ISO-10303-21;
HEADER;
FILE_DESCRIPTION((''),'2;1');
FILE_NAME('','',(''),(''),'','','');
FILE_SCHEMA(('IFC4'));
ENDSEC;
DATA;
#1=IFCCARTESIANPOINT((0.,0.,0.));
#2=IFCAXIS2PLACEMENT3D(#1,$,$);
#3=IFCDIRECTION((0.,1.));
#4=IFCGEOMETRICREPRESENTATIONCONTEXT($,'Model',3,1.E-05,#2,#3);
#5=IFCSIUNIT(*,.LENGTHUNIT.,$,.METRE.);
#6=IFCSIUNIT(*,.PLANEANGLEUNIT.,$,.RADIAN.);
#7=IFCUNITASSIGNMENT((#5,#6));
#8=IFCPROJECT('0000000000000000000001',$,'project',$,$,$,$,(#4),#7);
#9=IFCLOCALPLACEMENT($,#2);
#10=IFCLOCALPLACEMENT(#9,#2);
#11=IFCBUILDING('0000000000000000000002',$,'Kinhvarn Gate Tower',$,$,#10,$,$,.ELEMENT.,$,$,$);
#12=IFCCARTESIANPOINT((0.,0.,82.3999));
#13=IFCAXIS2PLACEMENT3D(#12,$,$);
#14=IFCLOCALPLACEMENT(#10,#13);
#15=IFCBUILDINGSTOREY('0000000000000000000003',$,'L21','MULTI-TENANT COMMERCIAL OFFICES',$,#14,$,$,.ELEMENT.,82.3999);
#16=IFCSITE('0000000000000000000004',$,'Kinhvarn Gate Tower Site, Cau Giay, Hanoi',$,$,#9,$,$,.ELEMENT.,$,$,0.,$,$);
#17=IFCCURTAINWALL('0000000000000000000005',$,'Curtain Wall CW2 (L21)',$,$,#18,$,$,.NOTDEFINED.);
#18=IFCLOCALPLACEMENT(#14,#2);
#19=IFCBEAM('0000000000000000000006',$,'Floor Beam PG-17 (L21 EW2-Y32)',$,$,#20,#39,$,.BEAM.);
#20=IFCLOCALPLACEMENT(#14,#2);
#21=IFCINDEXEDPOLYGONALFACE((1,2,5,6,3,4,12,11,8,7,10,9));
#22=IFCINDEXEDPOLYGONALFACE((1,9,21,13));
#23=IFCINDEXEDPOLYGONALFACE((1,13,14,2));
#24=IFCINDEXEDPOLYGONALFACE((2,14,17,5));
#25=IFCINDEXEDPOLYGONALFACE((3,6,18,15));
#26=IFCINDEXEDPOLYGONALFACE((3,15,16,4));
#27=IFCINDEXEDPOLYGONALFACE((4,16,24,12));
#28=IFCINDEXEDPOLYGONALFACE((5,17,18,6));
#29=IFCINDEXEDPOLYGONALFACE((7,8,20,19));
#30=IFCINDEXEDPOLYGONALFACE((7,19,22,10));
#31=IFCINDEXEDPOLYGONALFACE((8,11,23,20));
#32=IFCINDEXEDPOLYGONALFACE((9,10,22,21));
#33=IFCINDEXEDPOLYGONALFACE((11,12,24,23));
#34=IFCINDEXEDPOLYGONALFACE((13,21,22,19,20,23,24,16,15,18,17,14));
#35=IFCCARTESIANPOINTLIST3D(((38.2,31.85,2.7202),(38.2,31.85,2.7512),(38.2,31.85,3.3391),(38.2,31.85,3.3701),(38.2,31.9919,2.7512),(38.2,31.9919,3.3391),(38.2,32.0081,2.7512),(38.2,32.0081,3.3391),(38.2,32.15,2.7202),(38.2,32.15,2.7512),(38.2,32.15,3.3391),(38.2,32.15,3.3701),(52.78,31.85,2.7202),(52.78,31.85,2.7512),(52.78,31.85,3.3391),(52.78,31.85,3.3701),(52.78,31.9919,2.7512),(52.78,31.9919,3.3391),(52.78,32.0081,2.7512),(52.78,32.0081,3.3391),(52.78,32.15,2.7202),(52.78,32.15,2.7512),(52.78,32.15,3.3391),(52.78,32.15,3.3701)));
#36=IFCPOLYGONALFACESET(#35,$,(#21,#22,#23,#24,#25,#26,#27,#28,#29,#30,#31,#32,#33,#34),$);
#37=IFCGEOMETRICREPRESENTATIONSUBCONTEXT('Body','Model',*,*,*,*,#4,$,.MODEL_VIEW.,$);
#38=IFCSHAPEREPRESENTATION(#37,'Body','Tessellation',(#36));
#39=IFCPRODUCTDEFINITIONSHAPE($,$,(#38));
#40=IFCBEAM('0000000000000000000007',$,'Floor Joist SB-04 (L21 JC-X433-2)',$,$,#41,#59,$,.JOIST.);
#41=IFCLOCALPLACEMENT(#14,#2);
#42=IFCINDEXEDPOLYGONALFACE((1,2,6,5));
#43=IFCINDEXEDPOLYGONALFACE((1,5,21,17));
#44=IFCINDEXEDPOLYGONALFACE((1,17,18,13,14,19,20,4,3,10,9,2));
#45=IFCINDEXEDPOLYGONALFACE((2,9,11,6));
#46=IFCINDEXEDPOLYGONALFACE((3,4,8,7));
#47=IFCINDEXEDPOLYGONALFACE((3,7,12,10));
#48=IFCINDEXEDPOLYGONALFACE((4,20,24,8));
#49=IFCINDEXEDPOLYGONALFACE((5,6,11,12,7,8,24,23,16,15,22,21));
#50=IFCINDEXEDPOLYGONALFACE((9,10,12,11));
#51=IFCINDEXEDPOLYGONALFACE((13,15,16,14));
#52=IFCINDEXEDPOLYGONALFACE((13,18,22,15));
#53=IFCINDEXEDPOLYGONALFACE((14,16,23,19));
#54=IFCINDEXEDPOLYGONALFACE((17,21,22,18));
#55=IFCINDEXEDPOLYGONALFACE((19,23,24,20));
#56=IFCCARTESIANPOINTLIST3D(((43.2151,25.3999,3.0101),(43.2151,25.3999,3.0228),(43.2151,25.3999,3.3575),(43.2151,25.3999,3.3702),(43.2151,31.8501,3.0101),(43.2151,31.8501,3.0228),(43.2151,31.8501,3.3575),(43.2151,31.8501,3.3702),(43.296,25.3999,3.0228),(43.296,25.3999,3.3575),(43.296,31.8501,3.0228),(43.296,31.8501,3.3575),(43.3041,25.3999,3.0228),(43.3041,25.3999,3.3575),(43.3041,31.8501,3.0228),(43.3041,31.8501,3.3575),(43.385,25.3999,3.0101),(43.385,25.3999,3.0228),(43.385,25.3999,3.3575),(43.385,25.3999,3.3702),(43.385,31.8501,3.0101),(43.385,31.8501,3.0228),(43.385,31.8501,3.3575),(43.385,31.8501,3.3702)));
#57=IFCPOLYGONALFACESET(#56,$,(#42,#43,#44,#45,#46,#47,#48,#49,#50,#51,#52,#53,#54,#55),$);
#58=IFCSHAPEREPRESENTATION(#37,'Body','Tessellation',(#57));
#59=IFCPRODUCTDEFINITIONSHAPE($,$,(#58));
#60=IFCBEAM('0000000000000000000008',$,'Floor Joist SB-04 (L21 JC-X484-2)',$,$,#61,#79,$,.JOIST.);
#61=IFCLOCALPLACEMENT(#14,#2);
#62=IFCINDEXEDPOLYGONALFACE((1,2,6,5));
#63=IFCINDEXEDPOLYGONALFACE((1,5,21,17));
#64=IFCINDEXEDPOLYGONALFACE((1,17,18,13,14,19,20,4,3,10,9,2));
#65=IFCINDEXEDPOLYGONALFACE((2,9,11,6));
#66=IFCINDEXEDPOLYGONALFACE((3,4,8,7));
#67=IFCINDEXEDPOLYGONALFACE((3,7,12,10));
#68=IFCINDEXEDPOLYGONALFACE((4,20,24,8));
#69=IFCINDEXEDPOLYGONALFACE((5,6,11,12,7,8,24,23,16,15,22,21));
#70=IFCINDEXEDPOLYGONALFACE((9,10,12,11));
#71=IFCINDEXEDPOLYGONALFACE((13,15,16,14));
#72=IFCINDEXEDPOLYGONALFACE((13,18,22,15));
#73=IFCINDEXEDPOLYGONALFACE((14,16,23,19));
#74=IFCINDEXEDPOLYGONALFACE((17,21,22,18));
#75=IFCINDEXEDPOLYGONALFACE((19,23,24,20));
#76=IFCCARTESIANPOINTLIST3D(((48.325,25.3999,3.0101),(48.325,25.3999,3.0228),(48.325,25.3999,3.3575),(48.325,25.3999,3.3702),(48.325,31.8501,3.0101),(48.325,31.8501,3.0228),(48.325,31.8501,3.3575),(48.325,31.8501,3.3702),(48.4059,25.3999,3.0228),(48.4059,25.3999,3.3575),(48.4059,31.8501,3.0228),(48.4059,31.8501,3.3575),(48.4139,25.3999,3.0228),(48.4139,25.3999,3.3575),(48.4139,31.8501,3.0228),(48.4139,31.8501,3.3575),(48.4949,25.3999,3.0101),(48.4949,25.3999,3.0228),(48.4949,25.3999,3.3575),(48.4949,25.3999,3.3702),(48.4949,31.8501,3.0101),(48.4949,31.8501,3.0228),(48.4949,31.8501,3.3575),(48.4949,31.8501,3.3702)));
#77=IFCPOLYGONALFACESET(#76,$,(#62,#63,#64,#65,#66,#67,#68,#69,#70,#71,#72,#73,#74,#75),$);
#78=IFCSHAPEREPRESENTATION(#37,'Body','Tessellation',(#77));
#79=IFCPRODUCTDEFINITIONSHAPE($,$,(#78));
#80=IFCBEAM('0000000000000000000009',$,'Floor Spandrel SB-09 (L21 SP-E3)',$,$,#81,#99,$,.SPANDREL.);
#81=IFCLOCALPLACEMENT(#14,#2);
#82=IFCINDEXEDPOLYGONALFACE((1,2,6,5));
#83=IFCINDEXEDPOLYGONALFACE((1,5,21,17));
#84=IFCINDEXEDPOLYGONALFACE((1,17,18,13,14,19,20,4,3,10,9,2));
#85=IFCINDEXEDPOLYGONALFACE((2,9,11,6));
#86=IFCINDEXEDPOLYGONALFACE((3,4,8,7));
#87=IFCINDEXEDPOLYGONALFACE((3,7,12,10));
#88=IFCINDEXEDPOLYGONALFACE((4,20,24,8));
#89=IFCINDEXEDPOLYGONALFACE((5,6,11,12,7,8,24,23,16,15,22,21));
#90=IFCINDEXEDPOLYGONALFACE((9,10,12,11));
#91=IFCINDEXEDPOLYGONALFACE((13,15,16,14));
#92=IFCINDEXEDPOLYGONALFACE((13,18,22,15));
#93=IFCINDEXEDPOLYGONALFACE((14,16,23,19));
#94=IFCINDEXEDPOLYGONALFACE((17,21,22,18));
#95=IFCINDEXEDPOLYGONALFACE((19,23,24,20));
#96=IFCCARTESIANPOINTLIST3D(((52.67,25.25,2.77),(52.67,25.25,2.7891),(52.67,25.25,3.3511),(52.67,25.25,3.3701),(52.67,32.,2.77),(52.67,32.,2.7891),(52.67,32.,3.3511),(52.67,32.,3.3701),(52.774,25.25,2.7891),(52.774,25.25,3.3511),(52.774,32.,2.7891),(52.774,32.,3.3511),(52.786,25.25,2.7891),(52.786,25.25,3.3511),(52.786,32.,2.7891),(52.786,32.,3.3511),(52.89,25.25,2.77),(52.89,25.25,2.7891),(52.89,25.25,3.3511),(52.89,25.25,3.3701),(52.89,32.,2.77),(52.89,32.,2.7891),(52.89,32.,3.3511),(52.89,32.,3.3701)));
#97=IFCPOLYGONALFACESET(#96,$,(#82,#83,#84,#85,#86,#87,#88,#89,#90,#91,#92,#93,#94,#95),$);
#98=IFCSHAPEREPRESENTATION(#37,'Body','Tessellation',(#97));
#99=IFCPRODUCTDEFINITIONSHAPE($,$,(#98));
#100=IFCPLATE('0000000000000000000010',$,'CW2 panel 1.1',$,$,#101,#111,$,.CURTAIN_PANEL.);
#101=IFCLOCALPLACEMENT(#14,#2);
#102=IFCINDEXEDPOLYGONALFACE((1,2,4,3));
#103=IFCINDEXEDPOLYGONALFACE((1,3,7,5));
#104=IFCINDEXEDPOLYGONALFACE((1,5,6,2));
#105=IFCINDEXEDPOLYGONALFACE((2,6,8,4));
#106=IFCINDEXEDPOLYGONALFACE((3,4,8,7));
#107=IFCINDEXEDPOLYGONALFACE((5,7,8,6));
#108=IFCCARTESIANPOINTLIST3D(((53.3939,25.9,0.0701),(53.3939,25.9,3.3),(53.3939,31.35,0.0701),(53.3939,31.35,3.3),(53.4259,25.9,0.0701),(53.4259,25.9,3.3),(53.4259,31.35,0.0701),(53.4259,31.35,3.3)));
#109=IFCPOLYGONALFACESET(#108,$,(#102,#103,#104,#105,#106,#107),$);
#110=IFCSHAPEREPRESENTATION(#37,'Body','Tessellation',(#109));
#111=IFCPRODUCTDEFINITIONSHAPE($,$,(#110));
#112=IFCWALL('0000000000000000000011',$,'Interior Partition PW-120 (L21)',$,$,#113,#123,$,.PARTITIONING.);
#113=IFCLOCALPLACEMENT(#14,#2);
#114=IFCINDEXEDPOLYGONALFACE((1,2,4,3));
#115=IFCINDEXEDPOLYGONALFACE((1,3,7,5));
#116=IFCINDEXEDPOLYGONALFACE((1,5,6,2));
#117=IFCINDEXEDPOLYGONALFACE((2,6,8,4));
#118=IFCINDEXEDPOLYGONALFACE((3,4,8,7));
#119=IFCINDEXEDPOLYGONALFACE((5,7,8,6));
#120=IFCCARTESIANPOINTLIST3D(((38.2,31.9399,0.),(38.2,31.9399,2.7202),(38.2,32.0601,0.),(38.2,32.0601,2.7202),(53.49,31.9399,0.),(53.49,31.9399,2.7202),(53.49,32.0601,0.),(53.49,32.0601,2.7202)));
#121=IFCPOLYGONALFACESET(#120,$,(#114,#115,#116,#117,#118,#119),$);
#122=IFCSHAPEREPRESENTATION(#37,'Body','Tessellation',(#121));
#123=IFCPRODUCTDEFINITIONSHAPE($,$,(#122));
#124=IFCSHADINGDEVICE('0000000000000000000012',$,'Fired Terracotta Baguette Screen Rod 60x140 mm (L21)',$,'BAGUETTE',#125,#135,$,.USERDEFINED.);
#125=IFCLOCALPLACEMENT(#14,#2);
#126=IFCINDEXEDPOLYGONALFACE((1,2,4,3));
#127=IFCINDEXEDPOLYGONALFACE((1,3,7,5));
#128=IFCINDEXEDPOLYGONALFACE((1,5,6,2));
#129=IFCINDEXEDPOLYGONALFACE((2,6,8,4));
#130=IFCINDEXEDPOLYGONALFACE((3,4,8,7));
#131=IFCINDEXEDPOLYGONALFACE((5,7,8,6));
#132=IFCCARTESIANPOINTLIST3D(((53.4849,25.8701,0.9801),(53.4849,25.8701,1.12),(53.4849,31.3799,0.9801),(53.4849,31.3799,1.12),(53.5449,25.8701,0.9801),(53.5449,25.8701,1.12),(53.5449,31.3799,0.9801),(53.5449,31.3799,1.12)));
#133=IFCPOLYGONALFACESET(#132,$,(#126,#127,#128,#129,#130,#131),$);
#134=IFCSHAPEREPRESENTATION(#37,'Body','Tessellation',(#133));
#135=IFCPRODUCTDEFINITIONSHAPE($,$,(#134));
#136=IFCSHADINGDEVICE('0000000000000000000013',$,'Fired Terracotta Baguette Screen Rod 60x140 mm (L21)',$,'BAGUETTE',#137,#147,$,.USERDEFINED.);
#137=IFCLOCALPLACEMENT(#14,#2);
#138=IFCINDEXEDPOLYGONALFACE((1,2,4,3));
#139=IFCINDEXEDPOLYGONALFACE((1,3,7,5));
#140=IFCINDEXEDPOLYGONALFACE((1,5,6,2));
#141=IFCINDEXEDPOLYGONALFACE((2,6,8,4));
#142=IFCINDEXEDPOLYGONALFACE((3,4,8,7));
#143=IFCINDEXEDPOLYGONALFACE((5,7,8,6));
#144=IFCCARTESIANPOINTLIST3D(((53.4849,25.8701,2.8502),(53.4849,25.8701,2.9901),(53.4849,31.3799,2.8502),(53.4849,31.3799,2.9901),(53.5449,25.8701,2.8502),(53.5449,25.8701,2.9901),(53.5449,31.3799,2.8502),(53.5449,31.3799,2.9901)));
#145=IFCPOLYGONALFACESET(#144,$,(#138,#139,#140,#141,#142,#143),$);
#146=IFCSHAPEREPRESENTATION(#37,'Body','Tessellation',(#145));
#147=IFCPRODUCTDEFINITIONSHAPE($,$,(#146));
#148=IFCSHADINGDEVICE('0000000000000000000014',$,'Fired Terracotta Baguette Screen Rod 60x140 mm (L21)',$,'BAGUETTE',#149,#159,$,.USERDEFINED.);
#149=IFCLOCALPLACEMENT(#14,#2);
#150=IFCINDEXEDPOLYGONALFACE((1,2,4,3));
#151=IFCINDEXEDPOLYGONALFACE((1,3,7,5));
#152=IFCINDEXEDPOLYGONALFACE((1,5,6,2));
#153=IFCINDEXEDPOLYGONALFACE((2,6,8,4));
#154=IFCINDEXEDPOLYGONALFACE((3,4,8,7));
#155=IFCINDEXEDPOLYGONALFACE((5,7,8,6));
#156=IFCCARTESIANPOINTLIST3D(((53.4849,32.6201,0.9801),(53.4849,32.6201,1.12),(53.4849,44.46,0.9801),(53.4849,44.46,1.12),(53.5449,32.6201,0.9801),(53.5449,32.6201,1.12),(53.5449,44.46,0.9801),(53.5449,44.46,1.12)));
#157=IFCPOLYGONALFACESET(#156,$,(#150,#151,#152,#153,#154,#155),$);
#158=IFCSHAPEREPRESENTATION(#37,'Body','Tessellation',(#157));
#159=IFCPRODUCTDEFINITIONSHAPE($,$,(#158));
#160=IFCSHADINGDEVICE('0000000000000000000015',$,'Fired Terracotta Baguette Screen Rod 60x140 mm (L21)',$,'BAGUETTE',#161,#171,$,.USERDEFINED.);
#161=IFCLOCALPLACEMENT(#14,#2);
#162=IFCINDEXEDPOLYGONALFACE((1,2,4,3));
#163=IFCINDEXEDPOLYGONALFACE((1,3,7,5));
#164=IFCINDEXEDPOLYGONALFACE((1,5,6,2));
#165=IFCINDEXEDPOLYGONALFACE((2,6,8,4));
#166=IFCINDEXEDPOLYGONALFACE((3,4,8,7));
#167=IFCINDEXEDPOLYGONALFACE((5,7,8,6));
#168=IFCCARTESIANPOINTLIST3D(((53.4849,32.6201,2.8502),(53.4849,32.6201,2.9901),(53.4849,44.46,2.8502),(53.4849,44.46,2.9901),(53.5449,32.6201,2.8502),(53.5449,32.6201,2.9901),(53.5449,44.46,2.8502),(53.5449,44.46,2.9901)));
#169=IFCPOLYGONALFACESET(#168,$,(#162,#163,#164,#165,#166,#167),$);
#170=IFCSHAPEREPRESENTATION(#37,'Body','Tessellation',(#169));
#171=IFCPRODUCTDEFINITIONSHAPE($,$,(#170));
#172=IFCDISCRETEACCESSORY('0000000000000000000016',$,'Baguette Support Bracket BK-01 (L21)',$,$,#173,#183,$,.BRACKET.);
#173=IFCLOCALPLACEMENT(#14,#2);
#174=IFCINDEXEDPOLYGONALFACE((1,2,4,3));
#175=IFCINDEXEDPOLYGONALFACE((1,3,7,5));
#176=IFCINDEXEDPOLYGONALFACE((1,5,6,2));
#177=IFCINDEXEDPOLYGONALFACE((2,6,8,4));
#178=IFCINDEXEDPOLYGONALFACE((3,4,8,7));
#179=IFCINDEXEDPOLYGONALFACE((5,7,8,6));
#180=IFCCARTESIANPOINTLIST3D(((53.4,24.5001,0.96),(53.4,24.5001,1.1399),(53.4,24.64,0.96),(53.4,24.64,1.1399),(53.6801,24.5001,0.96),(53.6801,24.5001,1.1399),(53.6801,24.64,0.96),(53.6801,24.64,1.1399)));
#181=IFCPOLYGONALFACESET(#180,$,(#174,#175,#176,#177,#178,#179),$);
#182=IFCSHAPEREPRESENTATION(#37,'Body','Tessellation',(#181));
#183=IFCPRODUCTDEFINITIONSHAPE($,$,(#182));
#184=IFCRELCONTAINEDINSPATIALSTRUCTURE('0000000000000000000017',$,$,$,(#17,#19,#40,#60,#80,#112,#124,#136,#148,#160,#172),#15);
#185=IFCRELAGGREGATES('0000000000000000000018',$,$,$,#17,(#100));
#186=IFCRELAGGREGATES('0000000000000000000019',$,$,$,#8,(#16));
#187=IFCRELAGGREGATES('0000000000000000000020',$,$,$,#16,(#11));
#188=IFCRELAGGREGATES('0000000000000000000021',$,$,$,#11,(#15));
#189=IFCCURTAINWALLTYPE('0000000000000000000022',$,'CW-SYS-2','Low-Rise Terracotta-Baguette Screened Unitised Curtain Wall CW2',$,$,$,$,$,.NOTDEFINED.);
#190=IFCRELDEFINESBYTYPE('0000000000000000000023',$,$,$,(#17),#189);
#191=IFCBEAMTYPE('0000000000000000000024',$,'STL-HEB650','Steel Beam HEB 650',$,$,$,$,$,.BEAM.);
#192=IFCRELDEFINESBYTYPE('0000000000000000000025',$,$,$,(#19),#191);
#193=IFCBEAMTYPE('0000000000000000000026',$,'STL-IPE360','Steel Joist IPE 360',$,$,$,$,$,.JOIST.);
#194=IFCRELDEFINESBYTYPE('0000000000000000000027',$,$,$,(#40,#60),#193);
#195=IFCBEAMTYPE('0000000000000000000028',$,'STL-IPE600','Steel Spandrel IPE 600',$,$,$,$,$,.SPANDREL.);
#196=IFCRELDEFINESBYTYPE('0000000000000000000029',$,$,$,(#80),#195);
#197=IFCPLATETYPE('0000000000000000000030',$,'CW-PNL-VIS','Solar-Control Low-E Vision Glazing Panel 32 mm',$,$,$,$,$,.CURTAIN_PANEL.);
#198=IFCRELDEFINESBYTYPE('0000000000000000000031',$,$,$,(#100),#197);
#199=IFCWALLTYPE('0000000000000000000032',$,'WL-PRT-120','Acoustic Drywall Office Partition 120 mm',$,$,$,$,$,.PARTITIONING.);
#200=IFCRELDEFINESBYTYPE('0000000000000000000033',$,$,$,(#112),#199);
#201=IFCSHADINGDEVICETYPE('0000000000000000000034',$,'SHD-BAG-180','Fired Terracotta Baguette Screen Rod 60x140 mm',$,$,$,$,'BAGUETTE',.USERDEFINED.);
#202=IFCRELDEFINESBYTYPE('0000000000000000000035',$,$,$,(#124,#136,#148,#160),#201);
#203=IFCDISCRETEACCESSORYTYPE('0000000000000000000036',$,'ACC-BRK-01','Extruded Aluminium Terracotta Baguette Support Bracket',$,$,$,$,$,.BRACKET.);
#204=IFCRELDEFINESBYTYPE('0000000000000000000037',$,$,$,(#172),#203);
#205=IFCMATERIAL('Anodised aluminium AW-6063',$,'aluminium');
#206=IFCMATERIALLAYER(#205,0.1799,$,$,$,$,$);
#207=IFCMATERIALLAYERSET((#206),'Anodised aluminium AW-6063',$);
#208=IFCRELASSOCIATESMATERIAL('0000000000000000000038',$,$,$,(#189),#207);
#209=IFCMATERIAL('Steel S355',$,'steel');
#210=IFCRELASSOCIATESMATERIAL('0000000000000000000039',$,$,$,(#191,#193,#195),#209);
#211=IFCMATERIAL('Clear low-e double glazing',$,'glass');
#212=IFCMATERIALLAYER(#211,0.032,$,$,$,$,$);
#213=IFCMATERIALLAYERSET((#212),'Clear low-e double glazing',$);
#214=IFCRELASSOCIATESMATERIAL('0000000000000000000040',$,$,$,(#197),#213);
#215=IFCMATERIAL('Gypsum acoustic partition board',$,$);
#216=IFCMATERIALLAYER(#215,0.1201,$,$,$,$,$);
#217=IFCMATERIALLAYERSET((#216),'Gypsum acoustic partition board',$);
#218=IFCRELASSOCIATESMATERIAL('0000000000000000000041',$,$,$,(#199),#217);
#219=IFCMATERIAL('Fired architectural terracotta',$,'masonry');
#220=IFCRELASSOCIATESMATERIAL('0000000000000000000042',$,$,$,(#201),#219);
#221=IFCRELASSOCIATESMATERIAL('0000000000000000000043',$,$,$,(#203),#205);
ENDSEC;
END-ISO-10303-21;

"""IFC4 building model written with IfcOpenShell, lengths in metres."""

from ifc_helpers import new_model, si_unit, direction, frame, frame_2d, origin, origin_2d, place, context, subcontext, project, spatial, rectangle, i_section, extrude, material, layer, layer_set, material_profile, profile_set, type_object, element, aggregate, save


model = new_model("IFC4")

# Units and contexts
model_context = context("Model", 3, precision=1e-05, world=origin(), true_north=direction((0.0, 1.0)))
body_context = subcontext(model_context, "Body", "Model", "MODEL_VIEW")
ifc_project = project(units=[si_unit("LENGTHUNIT", "METRE"), si_unit("PLANEANGLEUNIT", "RADIAN")], contexts=[model_context])

# Site, building, storey
site_placement = place(None, origin())
site = spatial("IfcSite", under=ifc_project, at=site_placement, Name="Kinhvarn Gate Tower Site, Cau Giay, Hanoi", CompositionType="ELEMENT", RefElevation=0.0)
building_placement = place(site_placement, origin())
building = spatial("IfcBuilding", under=site, at=building_placement, Name="Kinhvarn Gate Tower", CompositionType="ELEMENT")
storey_placement = place(building_placement, frame((0.0, 0.0, 82.3999)))
storey = spatial("IfcBuildingStorey", under=building, at=storey_placement, Name="L21", Description="MULTI-TENANT COMMERCIAL OFFICES", CompositionType="ELEMENT", Elevation=82.3999)

# Shared definitions
ifc_material_1 = material(Name="Anodised aluminium AW-6063", Category="aluminium")
ifc_layer_1 = layer(ifc_material_1, 0.1799)
ifc_layer_set_1 = layer_set([ifc_layer_1], Name="Anodised aluminium AW-6063")
curtain_wall_type = type_object("IfcCurtainWallType", Name="CW-SYS-2", Description="Low-Rise Terracotta-Baguette Screened Unitised Curtain Wall CW2", PredefinedType="NOTDEFINED", material=ifc_layer_set_1)

# Curtain wall
curtain_wall_1_placement = place(storey_placement, origin())
curtain_wall_1 = element("IfcCurtainWall", 1, at=curtain_wall_1_placement, inside=storey, type_object=curtain_wall_type, Name="Curtain Wall CW2 (L21)", PredefinedType="NOTDEFINED")

# Beams
ifc_material_2 = material(Name="Steel S355", Category="steel")
ifc_material_profile_1 = material_profile(ifc_material_2, i_section(OverallWidth=0.3, OverallDepth=0.6499, WebThickness=0.0161, FlangeThickness=0.031, at=origin_2d()), Name="HEB 650")
ifc_profile_set_1 = profile_set([ifc_material_profile_1], Name="Steel S355")
beam_type_1 = type_object("IfcBeamType", Name="STL-HEB650", Description="Steel Beam HEB 650", PredefinedType="BEAM", material=ifc_profile_set_1)
beam_1_placement = place(storey_placement, frame((38.2, 32.0, 3.0452), z_axis=(1.0, 0.0, 0.0), x_axis=(0.0, 1.0, 0.0)))
element("IfcBeam", 2, at=beam_1_placement, inside=storey, type_object=beam_type_1, Name="Floor Beam PG-17 (L21 EW2-Y32)", PredefinedType="BEAM", context=body_context, shape_type="SweptSolid", body=[
    extrude(i_section(OverallWidth=0.3, OverallDepth=0.6499, WebThickness=0.0161, FlangeThickness=0.031, at=origin_2d()), origin(), (0.0, 0.0, 1.0), 14.5801),
])
ifc_material_profile_2 = material_profile(ifc_material_2, i_section(OverallWidth=0.1699, OverallDepth=0.3601, WebThickness=0.0081, FlangeThickness=0.0127, at=origin_2d()), Name="IPE 360")
ifc_profile_set_2 = profile_set([ifc_material_profile_2], Name="Steel S355")
beam_type_2 = type_object("IfcBeamType", Name="STL-IPE360", Description="Steel Joist IPE 360", PredefinedType="JOIST", material=ifc_profile_set_2)
for number, where, z_axis, x_axis, name in (
    (3, (43.3, 25.3999, 3.1902), (0.0, 1.0, 0.0), (-1.0, 0.0, 0.0), "Floor Joist SB-04 (L21 JC-X433-2)"),
    (4, (48.4099, 25.3999, 3.1902), (0.0, 1.0, 0.0), (-1.0, 0.0, 0.0), "Floor Joist SB-04 (L21 JC-X484-2)"),
):
    element("IfcBeam", number, at=place(storey_placement, frame(where, z_axis=z_axis, x_axis=x_axis)), inside=storey, type_object=beam_type_2, Name=name, PredefinedType="JOIST", context=body_context, shape_type="SweptSolid", body=[
        extrude(i_section(OverallWidth=0.1699, OverallDepth=0.3601, WebThickness=0.0081, FlangeThickness=0.0127, at=origin_2d()), origin(), (0.0, 0.0, 1.0), 6.4502),
    ])
ifc_material_profile_3 = material_profile(ifc_material_2, i_section(OverallWidth=0.22, OverallDepth=0.6001, WebThickness=0.012, FlangeThickness=0.019, at=origin_2d()), Name="IPE 600")
ifc_profile_set_3 = profile_set([ifc_material_profile_3], Name="Steel S355")
beam_type_3 = type_object("IfcBeamType", Name="STL-IPE600", Description="Steel Spandrel IPE 600", PredefinedType="SPANDREL", material=ifc_profile_set_3)
beam_2_placement = place(storey_placement, frame((52.78, 25.25, 3.0701), z_axis=(0.0, 1.0, 0.0), x_axis=(-1.0, 0.0, 0.0)))
element("IfcBeam", 5, at=beam_2_placement, inside=storey, type_object=beam_type_3, Name="Floor Spandrel SB-09 (L21 SP-E3)", PredefinedType="SPANDREL", context=body_context, shape_type="SweptSolid", body=[
    extrude(i_section(OverallWidth=0.22, OverallDepth=0.6001, WebThickness=0.012, FlangeThickness=0.019, at=origin_2d()), origin(), (0.0, 0.0, 1.0), 6.75),
])

# Plate
ifc_material_3 = material(Name="Clear low-e double glazing", Category="glass")
ifc_layer_2 = layer(ifc_material_3, 0.032)
ifc_layer_set_2 = layer_set([ifc_layer_2], Name="Clear low-e double glazing")
plate_type = type_object("IfcPlateType", Name="CW-PNL-VIS", Description="Solar-Control Low-E Vision Glazing Panel 32 mm", PredefinedType="CURTAIN_PANEL", material=ifc_layer_set_2)
plate_placement = place(storey_placement, frame((53.4099, 28.625, 0.0701), z_axis=(0.0, 0.0, 1.0), x_axis=(0.0, 1.0, 0.0)))
plate = element("IfcPlate", 6, at=plate_placement, type_object=plate_type, Name="CW2 panel 1.1", PredefinedType="CURTAIN_PANEL", context=body_context, shape_type="SweptSolid", body=[
    extrude(rectangle(XDim=5.45, YDim=0.032, at=origin_2d()), origin(), (0.0, 0.0, 1.0), 3.23),
])
aggregate(curtain_wall_1, [plate])

# Wall
ifc_material_4 = material(Name="Gypsum acoustic partition board")
ifc_layer_3 = layer(ifc_material_4, 0.1201)
ifc_layer_set_3 = layer_set([ifc_layer_3], Name="Gypsum acoustic partition board")
wall_type_1 = type_object("IfcWallType", Name="WL-PRT-120", Description="Acoustic Drywall Office Partition 120 mm", PredefinedType="PARTITIONING", material=ifc_layer_set_3)
wall_1_placement = place(storey_placement, frame((38.2, 32.0, 0.0), z_axis=(0.0, 0.0, 1.0), x_axis=(1.0, 0.0, 0.0)))
element("IfcWall", 7, at=wall_1_placement, inside=storey, type_object=wall_type_1, Name="Interior Partition PW-120 (L21)", PredefinedType="PARTITIONING", context=body_context, shape_type="SweptSolid", body=[
    extrude(rectangle(XDim=15.29, YDim=0.1201, at=frame_2d((7.645, 0.0))), origin(), (0.0, 0.0, 1.0), 2.7202),
])

# Shading devices
ifc_material_5 = material(Name="Fired architectural terracotta", Category="masonry")
ifc_material_profile_4 = material_profile(ifc_material_5, rectangle(XDim=0.0601, YDim=0.1399, at=origin_2d()), Name="TC 60x140")
ifc_profile_set_4 = profile_set([ifc_material_profile_4], Name="Fired architectural terracotta")
shading_device_type = type_object("IfcShadingDeviceType", Name="SHD-BAG-180", Description="Fired Terracotta Baguette Screen Rod 60x140 mm", ElementType="BAGUETTE", PredefinedType="USERDEFINED", material=ifc_profile_set_4)
for number, where, z_axis, x_axis, name in (
    (8, (53.5149, 25.8701, 1.05), (0.0, 1.0, 0.0), (-1.0, 0.0, 0.0), "Fired Terracotta Baguette Screen Rod 60x140 mm (L21)"),
    (9, (53.5149, 25.8701, 2.9202), (0.0, 1.0, 0.0), (-1.0, 0.0, 0.0), "Fired Terracotta Baguette Screen Rod 60x140 mm (L21)"),
):
    element("IfcShadingDevice", number, at=place(storey_placement, frame(where, z_axis=z_axis, x_axis=x_axis)), inside=storey, type_object=shading_device_type, Name=name, ObjectType="BAGUETTE", PredefinedType="USERDEFINED", context=body_context, shape_type="SweptSolid", body=[
        extrude(rectangle(XDim=0.0601, YDim=0.1399, at=origin_2d()), origin(), (0.0, 0.0, 1.0), 5.5098),
    ])
for number, where, z_axis, x_axis, name in (
    (10, (53.5149, 32.6201, 1.05), (0.0, 1.0, 0.0), (-1.0, 0.0, 0.0), "Fired Terracotta Baguette Screen Rod 60x140 mm (L21)"),
    (11, (53.5149, 32.6201, 2.9202), (0.0, 1.0, 0.0), (-1.0, 0.0, 0.0), "Fired Terracotta Baguette Screen Rod 60x140 mm (L21)"),
):
    element("IfcShadingDevice", number, at=place(storey_placement, frame(where, z_axis=z_axis, x_axis=x_axis)), inside=storey, type_object=shading_device_type, Name=name, ObjectType="BAGUETTE", PredefinedType="USERDEFINED", context=body_context, shape_type="SweptSolid", body=[
        extrude(rectangle(XDim=0.0601, YDim=0.1399, at=origin_2d()), origin(), (0.0, 0.0, 1.0), 11.8398),
    ])

# Discrete accessory
discrete_accessory_type = type_object("IfcDiscreteAccessoryType", Name="ACC-BRK-01", Description="Extruded Aluminium Terracotta Baguette Support Bracket", PredefinedType="BRACKET", material=ifc_material_1)
for number, where, z_axis, x_axis, name in (
    (12, (53.54, 24.5701, 0.96), (0.0, 0.0, 1.0), (0.0, 1.0, 0.0), "Baguette Support Bracket BK-01 (L21)"),
):
    element("IfcDiscreteAccessory", number, at=place(storey_placement, frame(where, z_axis=z_axis, x_axis=x_axis)), inside=storey, type_object=discrete_accessory_type, Name=name, PredefinedType="BRACKET", context=body_context, shape_type="SweptSolid", body=[
        extrude(rectangle(XDim=0.1399, YDim=0.28, at=origin_2d()), origin(), (0.0, 0.0, 1.0), 0.1799),
    ])

save(model, "model.ifc")
